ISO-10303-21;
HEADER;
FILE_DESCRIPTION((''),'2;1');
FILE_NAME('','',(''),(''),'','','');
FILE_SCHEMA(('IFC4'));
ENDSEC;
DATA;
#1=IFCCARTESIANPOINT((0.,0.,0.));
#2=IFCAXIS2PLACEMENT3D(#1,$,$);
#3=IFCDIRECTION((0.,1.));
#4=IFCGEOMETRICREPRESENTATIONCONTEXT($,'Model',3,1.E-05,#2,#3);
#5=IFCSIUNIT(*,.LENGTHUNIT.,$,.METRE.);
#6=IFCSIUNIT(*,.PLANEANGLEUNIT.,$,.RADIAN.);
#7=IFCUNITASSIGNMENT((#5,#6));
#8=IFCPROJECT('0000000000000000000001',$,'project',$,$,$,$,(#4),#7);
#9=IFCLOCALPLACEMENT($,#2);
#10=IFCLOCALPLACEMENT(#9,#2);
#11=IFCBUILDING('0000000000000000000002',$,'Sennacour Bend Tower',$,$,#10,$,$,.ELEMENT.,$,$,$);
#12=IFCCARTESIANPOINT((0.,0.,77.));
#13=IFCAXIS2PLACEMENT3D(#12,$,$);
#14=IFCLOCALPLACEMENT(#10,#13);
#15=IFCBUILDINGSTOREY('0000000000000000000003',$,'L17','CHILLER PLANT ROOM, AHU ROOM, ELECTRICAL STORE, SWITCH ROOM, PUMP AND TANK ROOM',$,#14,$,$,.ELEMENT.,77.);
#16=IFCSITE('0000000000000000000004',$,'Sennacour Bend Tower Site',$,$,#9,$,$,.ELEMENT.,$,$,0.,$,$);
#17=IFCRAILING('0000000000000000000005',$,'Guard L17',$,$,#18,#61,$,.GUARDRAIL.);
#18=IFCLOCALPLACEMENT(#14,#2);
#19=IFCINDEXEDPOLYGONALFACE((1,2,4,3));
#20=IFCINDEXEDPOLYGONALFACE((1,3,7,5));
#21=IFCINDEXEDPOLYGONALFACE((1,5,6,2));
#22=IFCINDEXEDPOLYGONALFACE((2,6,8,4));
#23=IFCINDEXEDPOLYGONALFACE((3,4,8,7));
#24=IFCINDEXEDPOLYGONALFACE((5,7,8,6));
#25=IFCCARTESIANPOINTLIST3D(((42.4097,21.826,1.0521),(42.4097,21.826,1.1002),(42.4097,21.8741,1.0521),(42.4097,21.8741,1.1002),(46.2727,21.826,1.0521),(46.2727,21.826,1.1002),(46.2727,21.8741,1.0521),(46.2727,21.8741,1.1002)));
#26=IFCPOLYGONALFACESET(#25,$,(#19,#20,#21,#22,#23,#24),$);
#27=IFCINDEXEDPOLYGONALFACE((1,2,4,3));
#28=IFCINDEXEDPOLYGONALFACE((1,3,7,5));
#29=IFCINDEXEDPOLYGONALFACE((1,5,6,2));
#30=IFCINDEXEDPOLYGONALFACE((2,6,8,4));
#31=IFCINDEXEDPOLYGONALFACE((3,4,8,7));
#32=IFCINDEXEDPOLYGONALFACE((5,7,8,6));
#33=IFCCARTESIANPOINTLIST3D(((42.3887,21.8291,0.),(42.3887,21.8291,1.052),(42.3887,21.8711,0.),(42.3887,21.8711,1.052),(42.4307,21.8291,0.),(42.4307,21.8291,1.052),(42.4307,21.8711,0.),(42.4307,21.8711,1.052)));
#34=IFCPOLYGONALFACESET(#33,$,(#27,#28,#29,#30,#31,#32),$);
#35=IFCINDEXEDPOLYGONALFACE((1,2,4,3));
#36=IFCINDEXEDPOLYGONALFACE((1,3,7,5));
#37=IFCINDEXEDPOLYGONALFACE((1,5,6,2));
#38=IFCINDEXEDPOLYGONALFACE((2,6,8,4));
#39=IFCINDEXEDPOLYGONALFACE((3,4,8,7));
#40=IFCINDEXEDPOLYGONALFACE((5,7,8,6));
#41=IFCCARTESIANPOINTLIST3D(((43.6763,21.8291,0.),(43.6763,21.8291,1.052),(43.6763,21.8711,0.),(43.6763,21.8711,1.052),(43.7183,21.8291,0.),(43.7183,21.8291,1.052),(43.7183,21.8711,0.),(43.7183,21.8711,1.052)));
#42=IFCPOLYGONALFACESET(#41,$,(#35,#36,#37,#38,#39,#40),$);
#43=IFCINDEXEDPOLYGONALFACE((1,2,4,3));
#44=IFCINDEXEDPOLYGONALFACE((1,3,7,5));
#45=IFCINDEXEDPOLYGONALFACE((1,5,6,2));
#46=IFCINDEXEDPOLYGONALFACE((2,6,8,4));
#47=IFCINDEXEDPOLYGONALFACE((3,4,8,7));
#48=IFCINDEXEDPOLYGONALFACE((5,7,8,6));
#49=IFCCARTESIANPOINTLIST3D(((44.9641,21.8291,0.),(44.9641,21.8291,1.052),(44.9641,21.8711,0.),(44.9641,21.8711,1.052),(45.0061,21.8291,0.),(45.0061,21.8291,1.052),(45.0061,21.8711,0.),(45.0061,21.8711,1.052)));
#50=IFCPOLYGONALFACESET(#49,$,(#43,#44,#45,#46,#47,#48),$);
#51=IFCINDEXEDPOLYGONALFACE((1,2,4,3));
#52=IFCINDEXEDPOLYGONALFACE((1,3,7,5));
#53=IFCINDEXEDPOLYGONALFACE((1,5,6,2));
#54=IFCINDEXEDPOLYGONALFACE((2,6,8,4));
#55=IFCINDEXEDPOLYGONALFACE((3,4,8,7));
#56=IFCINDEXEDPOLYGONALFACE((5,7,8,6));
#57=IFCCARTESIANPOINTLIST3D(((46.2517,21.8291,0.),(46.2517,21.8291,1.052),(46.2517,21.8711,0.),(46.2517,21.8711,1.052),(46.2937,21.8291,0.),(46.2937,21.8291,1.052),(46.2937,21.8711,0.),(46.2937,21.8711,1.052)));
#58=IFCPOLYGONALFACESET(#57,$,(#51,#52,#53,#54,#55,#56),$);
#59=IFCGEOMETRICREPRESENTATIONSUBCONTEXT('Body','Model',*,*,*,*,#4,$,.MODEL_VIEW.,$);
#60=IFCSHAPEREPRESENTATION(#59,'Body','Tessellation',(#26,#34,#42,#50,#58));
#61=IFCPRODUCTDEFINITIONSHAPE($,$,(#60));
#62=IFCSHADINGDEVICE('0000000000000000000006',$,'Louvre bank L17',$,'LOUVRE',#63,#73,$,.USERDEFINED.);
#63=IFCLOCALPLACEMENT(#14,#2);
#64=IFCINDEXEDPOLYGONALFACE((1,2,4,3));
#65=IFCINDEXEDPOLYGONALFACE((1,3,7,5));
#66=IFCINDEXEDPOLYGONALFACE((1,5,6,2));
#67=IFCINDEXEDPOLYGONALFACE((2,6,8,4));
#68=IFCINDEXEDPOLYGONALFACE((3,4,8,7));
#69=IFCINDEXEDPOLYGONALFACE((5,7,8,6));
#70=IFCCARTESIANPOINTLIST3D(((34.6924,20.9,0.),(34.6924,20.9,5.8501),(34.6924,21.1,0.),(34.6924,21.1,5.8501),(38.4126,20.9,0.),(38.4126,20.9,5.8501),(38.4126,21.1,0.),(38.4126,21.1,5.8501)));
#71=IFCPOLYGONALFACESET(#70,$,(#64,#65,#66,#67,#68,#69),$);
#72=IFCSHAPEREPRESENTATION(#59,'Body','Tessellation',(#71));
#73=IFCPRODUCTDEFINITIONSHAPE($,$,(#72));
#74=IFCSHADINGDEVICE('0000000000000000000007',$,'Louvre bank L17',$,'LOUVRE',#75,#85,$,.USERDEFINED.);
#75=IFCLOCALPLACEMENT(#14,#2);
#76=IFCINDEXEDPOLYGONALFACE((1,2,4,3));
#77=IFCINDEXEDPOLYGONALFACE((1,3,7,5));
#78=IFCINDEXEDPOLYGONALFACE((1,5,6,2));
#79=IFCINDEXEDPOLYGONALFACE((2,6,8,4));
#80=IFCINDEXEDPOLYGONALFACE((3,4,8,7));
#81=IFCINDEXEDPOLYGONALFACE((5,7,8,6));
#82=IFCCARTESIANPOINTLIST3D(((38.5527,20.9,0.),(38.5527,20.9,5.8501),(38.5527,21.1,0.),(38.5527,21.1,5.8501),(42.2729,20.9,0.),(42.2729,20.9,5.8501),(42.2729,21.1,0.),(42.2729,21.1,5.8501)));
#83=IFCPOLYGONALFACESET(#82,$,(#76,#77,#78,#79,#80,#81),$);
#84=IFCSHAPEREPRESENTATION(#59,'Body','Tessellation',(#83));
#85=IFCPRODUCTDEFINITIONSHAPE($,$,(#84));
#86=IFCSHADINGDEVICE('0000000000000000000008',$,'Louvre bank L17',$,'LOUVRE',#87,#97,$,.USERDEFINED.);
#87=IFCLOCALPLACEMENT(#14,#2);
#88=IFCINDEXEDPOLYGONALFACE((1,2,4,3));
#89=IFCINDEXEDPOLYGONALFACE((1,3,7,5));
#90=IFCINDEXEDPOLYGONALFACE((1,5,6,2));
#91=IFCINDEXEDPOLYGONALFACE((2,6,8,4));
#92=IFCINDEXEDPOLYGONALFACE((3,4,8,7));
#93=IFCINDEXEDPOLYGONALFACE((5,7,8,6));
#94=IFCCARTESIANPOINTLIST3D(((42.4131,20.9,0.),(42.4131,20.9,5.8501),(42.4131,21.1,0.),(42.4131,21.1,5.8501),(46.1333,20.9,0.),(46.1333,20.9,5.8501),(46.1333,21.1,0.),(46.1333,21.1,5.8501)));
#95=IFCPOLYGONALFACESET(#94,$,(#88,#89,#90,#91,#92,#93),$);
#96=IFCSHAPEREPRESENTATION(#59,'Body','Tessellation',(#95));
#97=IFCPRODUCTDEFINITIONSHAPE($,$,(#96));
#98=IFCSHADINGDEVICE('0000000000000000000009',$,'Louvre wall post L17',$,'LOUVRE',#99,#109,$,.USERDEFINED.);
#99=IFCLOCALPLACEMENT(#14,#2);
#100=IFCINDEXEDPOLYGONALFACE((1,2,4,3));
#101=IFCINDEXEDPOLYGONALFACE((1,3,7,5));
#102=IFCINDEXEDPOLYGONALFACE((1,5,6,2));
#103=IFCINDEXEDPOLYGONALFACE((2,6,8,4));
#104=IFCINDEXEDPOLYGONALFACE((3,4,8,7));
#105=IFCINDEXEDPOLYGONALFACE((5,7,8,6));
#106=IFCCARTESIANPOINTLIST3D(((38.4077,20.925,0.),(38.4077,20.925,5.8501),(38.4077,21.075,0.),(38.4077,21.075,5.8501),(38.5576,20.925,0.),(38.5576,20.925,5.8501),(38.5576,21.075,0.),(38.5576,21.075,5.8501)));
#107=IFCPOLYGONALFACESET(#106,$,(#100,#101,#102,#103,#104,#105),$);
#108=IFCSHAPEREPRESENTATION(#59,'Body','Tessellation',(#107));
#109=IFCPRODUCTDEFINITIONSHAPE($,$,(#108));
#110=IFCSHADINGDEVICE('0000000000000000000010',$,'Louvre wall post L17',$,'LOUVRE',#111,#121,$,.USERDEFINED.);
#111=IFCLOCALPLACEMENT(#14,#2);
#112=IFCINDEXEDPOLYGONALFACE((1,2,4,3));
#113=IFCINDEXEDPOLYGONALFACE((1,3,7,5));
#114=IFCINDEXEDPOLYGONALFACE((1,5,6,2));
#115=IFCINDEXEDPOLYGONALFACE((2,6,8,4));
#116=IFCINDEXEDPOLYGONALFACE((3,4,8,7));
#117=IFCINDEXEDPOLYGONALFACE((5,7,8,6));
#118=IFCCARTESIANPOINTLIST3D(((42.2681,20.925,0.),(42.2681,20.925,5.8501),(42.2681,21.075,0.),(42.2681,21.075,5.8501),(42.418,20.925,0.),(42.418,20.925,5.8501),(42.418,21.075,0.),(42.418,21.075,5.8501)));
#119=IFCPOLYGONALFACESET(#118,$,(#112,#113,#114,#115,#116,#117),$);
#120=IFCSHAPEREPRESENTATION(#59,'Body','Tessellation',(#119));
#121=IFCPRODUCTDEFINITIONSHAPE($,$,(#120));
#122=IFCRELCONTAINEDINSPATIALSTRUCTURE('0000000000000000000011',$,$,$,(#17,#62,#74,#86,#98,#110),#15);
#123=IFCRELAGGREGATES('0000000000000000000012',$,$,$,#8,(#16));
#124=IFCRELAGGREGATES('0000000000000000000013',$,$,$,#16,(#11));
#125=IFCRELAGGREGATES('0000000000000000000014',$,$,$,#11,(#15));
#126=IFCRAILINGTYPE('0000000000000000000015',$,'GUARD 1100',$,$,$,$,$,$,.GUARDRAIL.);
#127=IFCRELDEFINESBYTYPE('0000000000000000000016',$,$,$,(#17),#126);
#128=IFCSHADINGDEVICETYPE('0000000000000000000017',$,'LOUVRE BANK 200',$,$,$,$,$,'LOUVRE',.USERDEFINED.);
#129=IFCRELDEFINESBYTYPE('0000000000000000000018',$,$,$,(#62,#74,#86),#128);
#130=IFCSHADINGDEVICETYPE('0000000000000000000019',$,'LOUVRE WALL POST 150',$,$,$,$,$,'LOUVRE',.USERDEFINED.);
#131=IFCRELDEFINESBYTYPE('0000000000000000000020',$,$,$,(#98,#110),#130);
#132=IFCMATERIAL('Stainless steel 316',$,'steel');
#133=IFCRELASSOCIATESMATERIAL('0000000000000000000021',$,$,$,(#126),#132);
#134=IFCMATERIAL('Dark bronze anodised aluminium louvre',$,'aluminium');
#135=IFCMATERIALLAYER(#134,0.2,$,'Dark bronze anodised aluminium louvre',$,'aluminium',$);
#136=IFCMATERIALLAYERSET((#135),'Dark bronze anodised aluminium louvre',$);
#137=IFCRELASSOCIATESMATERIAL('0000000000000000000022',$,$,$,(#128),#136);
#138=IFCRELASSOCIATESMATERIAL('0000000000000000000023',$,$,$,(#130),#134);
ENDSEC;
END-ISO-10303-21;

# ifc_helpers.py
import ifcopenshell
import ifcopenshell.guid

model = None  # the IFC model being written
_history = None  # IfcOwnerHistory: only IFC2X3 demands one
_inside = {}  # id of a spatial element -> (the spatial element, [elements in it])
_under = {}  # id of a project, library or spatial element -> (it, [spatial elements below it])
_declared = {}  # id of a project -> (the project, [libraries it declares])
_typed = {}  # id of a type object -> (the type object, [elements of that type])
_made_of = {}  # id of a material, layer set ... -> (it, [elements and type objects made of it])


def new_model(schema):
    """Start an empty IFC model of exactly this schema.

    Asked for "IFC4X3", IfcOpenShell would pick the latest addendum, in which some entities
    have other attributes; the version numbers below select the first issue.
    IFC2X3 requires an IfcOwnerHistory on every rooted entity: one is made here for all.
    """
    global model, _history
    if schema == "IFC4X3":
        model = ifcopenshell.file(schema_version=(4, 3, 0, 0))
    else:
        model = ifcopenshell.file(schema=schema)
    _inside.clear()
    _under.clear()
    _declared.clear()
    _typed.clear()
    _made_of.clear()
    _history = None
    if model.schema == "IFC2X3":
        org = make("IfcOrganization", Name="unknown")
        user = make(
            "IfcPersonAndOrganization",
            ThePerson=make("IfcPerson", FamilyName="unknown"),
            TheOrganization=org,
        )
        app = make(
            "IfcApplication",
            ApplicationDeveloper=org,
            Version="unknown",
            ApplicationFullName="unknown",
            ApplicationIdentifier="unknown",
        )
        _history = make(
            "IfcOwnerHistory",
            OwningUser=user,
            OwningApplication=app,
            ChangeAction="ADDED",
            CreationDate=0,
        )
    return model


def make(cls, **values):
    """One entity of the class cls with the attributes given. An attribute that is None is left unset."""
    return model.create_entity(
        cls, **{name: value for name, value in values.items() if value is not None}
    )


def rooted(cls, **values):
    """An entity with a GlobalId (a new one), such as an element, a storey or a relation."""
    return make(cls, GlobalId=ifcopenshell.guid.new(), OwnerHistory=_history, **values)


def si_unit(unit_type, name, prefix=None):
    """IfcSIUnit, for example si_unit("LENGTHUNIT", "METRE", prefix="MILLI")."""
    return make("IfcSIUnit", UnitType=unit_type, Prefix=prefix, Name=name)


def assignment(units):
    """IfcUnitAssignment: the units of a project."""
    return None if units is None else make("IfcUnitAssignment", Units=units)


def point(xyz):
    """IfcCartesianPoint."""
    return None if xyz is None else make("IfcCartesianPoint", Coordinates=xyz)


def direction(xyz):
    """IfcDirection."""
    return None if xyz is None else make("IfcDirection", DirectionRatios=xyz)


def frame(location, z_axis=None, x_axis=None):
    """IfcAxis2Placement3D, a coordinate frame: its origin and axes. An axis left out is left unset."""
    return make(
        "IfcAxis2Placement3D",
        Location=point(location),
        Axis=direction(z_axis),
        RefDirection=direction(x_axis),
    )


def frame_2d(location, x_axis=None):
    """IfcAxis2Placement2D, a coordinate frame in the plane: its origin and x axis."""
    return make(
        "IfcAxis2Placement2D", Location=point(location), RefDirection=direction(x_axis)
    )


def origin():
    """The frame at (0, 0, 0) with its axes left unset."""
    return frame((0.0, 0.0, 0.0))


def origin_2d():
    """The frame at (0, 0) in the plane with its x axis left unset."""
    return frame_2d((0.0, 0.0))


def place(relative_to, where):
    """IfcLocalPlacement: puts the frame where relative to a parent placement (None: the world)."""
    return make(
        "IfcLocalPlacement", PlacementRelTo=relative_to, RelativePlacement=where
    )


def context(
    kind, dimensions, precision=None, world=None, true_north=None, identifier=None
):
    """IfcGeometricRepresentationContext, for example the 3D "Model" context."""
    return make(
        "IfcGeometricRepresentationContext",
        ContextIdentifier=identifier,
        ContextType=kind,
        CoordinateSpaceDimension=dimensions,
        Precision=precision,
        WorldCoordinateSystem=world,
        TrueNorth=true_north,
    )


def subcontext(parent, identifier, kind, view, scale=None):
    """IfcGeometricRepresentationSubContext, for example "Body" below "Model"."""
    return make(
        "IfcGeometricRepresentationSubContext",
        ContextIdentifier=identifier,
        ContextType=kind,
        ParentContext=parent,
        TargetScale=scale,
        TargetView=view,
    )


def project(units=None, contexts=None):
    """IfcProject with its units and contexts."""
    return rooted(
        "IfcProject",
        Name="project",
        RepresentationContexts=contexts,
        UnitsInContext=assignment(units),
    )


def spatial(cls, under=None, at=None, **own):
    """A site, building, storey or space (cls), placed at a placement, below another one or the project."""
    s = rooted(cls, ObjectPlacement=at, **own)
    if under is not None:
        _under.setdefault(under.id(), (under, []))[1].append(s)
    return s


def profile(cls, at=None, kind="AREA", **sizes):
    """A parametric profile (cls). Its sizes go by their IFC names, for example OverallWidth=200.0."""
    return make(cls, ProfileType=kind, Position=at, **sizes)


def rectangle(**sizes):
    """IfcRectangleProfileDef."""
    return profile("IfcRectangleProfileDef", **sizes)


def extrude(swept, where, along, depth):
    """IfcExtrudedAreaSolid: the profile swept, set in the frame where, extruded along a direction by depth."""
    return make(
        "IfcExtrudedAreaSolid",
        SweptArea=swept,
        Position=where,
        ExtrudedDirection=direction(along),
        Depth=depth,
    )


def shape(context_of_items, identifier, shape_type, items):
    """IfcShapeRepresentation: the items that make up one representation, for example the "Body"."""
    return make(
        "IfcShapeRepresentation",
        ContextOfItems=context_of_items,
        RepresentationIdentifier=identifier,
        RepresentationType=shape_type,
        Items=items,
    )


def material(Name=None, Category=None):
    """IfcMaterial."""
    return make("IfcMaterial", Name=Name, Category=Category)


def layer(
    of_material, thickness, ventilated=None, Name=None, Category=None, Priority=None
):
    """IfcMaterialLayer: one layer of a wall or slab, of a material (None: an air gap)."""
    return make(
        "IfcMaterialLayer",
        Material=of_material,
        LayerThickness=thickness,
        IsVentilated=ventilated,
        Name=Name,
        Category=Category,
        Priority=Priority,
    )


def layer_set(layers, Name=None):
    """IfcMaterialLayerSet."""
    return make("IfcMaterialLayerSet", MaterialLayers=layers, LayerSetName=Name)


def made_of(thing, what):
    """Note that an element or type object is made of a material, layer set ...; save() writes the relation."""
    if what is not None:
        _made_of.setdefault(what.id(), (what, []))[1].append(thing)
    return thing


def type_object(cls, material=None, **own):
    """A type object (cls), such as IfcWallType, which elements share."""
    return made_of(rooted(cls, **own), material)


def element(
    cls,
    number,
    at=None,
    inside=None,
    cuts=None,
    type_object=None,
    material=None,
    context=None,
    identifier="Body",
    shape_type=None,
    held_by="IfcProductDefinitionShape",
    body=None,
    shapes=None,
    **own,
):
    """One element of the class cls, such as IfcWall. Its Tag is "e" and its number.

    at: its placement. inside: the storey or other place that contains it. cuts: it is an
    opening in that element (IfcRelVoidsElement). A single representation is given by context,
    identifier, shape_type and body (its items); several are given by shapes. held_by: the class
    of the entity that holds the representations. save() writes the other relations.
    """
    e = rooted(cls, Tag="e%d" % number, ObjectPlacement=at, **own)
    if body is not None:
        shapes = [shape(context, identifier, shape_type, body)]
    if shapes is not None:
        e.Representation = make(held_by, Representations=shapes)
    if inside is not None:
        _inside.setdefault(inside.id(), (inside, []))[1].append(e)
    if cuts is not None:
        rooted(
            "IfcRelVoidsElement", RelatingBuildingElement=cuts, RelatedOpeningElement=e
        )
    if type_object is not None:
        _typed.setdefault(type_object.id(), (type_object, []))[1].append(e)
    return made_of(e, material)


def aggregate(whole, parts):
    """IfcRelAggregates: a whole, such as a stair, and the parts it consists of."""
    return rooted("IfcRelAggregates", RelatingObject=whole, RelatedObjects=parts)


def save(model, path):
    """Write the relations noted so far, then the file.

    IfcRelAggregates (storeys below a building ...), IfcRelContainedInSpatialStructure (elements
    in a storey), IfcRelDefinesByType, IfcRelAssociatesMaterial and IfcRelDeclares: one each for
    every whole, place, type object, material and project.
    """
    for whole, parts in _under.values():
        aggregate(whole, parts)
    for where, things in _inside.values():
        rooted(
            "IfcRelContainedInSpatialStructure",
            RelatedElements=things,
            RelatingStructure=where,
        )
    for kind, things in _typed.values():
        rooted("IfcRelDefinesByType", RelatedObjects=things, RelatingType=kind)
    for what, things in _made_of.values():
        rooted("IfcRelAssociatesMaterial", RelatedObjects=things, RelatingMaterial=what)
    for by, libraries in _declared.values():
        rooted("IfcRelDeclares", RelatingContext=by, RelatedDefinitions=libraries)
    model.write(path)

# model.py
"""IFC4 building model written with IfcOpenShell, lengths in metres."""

from ifc_helpers import new_model, si_unit, direction, frame, origin, origin_2d, place, context, subcontext, project, spatial, rectangle, extrude, material, layer, layer_set, type_object, element, save


model = new_model("IFC4")

# Units and contexts
model_context = context("Model", 3, precision=1e-05, world=origin(), true_north=direction((0.0, 1.0)))
body_context = subcontext(model_context, "Body", "Model", "MODEL_VIEW")
ifc_project = project(units=[si_unit("LENGTHUNIT", "METRE"), si_unit("PLANEANGLEUNIT", "RADIAN")], contexts=[model_context])

# Site, building, storey
site_placement = place(None, origin())
site = spatial("IfcSite", under=ifc_project, at=site_placement, Name="Sennacour Bend Tower Site", CompositionType="ELEMENT", RefElevation=0.0)
building_placement = place(site_placement, origin())
building = spatial("IfcBuilding", under=site, at=building_placement, Name="Sennacour Bend Tower", CompositionType="ELEMENT")
storey_placement = place(building_placement, frame((0.0, 0.0, 77.0)))
storey = spatial("IfcBuildingStorey", under=building, at=storey_placement, Name="L17", Description="CHILLER PLANT ROOM, AHU ROOM, ELECTRICAL STORE, SWITCH ROOM, PUMP AND TANK ROOM", CompositionType="ELEMENT", Elevation=77.0)

# Railing
ifc_material_1 = material(Name="Stainless steel 316", Category="steel")
railing_type = type_object("IfcRailingType", Name="GUARD 1100", PredefinedType="GUARDRAIL", material=ifc_material_1)
for number, where, name in (
    (1, (42.4097, 21.8501, 0.0), "Guard L17"),
):
    element("IfcRailing", number, at=place(storey_placement, frame(where)), inside=storey, type_object=railing_type, Name=name, PredefinedType="GUARDRAIL", context=body_context, shape_type="SweptSolid", body=[
        extrude(rectangle(XDim=0.0481, YDim=0.0481, at=origin_2d()), frame((0.0, 0.0, 1.0762), z_axis=(1.0, 0.0, 0.0), x_axis=(0.0, 1.0, 0.0)), (0.0, 0.0, 1.0), 3.863),
        extrude(rectangle(XDim=0.042, YDim=0.042, at=origin_2d()), origin(), (0.0, 0.0, 1.0), 1.052),
        extrude(rectangle(XDim=0.042, YDim=0.042, at=origin_2d()), frame((1.2876, 0.0, 0.0)), (0.0, 0.0, 1.0), 1.052),
        extrude(rectangle(XDim=0.042, YDim=0.042, at=origin_2d()), frame((2.5754, 0.0, 0.0)), (0.0, 0.0, 1.0), 1.052),
        extrude(rectangle(XDim=0.042, YDim=0.042, at=origin_2d()), frame((3.863, 0.0, 0.0)), (0.0, 0.0, 1.0), 1.052),
    ])

# Shading devices
ifc_material_2 = material(Name="Dark bronze anodised aluminium louvre", Category="aluminium")
ifc_layer_1 = layer(ifc_material_2, 0.2, Name="Dark bronze anodised aluminium louvre", Category="aluminium")
ifc_layer_set_1 = layer_set([ifc_layer_1], Name="Dark bronze anodised aluminium louvre")
shading_device_type_1 = type_object("IfcShadingDeviceType", Name="LOUVRE BANK 200", ElementType="LOUVRE", PredefinedType="USERDEFINED", material=ifc_layer_set_1)
for number, where, z_axis, x_axis, name in (
    (2, (36.5525, 21.0, 0.0), (0.0, 0.0, 1.0), (1.0, 0.0, 0.0), "Louvre bank L17"),
    (3, (40.4128, 21.0, 0.0), (0.0, 0.0, 1.0), (1.0, 0.0, 0.0), "Louvre bank L17"),
    (4, (44.2732, 21.0, 0.0), (0.0, 0.0, 1.0), (1.0, 0.0, 0.0), "Louvre bank L17"),
):
    element("IfcShadingDevice", number, at=place(storey_placement, frame(where, z_axis=z_axis, x_axis=x_axis)), inside=storey, type_object=shading_device_type_1, Name=name, ObjectType="LOUVRE", PredefinedType="USERDEFINED", context=body_context, shape_type="SweptSolid", body=[
        extrude(rectangle(XDim=3.7202, YDim=0.2, at=origin_2d()), origin(), (0.0, 0.0, 1.0), 5.8501),
    ])
shading_device_type_2 = type_object("IfcShadingDeviceType", Name="LOUVRE WALL POST 150", ElementType="LOUVRE", PredefinedType="USERDEFINED", material=ifc_material_2)
for number, where, z_axis, x_axis, name in (
    (5, (38.4827, 21.0, 0.0), (0.0, 0.0, 1.0), (1.0, 0.0, 0.0), "Louvre wall post L17"),
    (6, (42.343, 21.0, 0.0), (0.0, 0.0, 1.0), (1.0, 0.0, 0.0), "Louvre wall post L17"),
):
    element("IfcShadingDevice", number, at=place(storey_placement, frame(where, z_axis=z_axis, x_axis=x_axis)), inside=storey, type_object=shading_device_type_2, Name=name, ObjectType="LOUVRE", PredefinedType="USERDEFINED", context=body_context, shape_type="SweptSolid", body=[
        extrude(rectangle(XDim=0.1499, YDim=0.1499, at=origin_2d()), origin(), (0.0, 0.0, 1.0), 5.8501),
    ])

save(model, "model.ifc")
